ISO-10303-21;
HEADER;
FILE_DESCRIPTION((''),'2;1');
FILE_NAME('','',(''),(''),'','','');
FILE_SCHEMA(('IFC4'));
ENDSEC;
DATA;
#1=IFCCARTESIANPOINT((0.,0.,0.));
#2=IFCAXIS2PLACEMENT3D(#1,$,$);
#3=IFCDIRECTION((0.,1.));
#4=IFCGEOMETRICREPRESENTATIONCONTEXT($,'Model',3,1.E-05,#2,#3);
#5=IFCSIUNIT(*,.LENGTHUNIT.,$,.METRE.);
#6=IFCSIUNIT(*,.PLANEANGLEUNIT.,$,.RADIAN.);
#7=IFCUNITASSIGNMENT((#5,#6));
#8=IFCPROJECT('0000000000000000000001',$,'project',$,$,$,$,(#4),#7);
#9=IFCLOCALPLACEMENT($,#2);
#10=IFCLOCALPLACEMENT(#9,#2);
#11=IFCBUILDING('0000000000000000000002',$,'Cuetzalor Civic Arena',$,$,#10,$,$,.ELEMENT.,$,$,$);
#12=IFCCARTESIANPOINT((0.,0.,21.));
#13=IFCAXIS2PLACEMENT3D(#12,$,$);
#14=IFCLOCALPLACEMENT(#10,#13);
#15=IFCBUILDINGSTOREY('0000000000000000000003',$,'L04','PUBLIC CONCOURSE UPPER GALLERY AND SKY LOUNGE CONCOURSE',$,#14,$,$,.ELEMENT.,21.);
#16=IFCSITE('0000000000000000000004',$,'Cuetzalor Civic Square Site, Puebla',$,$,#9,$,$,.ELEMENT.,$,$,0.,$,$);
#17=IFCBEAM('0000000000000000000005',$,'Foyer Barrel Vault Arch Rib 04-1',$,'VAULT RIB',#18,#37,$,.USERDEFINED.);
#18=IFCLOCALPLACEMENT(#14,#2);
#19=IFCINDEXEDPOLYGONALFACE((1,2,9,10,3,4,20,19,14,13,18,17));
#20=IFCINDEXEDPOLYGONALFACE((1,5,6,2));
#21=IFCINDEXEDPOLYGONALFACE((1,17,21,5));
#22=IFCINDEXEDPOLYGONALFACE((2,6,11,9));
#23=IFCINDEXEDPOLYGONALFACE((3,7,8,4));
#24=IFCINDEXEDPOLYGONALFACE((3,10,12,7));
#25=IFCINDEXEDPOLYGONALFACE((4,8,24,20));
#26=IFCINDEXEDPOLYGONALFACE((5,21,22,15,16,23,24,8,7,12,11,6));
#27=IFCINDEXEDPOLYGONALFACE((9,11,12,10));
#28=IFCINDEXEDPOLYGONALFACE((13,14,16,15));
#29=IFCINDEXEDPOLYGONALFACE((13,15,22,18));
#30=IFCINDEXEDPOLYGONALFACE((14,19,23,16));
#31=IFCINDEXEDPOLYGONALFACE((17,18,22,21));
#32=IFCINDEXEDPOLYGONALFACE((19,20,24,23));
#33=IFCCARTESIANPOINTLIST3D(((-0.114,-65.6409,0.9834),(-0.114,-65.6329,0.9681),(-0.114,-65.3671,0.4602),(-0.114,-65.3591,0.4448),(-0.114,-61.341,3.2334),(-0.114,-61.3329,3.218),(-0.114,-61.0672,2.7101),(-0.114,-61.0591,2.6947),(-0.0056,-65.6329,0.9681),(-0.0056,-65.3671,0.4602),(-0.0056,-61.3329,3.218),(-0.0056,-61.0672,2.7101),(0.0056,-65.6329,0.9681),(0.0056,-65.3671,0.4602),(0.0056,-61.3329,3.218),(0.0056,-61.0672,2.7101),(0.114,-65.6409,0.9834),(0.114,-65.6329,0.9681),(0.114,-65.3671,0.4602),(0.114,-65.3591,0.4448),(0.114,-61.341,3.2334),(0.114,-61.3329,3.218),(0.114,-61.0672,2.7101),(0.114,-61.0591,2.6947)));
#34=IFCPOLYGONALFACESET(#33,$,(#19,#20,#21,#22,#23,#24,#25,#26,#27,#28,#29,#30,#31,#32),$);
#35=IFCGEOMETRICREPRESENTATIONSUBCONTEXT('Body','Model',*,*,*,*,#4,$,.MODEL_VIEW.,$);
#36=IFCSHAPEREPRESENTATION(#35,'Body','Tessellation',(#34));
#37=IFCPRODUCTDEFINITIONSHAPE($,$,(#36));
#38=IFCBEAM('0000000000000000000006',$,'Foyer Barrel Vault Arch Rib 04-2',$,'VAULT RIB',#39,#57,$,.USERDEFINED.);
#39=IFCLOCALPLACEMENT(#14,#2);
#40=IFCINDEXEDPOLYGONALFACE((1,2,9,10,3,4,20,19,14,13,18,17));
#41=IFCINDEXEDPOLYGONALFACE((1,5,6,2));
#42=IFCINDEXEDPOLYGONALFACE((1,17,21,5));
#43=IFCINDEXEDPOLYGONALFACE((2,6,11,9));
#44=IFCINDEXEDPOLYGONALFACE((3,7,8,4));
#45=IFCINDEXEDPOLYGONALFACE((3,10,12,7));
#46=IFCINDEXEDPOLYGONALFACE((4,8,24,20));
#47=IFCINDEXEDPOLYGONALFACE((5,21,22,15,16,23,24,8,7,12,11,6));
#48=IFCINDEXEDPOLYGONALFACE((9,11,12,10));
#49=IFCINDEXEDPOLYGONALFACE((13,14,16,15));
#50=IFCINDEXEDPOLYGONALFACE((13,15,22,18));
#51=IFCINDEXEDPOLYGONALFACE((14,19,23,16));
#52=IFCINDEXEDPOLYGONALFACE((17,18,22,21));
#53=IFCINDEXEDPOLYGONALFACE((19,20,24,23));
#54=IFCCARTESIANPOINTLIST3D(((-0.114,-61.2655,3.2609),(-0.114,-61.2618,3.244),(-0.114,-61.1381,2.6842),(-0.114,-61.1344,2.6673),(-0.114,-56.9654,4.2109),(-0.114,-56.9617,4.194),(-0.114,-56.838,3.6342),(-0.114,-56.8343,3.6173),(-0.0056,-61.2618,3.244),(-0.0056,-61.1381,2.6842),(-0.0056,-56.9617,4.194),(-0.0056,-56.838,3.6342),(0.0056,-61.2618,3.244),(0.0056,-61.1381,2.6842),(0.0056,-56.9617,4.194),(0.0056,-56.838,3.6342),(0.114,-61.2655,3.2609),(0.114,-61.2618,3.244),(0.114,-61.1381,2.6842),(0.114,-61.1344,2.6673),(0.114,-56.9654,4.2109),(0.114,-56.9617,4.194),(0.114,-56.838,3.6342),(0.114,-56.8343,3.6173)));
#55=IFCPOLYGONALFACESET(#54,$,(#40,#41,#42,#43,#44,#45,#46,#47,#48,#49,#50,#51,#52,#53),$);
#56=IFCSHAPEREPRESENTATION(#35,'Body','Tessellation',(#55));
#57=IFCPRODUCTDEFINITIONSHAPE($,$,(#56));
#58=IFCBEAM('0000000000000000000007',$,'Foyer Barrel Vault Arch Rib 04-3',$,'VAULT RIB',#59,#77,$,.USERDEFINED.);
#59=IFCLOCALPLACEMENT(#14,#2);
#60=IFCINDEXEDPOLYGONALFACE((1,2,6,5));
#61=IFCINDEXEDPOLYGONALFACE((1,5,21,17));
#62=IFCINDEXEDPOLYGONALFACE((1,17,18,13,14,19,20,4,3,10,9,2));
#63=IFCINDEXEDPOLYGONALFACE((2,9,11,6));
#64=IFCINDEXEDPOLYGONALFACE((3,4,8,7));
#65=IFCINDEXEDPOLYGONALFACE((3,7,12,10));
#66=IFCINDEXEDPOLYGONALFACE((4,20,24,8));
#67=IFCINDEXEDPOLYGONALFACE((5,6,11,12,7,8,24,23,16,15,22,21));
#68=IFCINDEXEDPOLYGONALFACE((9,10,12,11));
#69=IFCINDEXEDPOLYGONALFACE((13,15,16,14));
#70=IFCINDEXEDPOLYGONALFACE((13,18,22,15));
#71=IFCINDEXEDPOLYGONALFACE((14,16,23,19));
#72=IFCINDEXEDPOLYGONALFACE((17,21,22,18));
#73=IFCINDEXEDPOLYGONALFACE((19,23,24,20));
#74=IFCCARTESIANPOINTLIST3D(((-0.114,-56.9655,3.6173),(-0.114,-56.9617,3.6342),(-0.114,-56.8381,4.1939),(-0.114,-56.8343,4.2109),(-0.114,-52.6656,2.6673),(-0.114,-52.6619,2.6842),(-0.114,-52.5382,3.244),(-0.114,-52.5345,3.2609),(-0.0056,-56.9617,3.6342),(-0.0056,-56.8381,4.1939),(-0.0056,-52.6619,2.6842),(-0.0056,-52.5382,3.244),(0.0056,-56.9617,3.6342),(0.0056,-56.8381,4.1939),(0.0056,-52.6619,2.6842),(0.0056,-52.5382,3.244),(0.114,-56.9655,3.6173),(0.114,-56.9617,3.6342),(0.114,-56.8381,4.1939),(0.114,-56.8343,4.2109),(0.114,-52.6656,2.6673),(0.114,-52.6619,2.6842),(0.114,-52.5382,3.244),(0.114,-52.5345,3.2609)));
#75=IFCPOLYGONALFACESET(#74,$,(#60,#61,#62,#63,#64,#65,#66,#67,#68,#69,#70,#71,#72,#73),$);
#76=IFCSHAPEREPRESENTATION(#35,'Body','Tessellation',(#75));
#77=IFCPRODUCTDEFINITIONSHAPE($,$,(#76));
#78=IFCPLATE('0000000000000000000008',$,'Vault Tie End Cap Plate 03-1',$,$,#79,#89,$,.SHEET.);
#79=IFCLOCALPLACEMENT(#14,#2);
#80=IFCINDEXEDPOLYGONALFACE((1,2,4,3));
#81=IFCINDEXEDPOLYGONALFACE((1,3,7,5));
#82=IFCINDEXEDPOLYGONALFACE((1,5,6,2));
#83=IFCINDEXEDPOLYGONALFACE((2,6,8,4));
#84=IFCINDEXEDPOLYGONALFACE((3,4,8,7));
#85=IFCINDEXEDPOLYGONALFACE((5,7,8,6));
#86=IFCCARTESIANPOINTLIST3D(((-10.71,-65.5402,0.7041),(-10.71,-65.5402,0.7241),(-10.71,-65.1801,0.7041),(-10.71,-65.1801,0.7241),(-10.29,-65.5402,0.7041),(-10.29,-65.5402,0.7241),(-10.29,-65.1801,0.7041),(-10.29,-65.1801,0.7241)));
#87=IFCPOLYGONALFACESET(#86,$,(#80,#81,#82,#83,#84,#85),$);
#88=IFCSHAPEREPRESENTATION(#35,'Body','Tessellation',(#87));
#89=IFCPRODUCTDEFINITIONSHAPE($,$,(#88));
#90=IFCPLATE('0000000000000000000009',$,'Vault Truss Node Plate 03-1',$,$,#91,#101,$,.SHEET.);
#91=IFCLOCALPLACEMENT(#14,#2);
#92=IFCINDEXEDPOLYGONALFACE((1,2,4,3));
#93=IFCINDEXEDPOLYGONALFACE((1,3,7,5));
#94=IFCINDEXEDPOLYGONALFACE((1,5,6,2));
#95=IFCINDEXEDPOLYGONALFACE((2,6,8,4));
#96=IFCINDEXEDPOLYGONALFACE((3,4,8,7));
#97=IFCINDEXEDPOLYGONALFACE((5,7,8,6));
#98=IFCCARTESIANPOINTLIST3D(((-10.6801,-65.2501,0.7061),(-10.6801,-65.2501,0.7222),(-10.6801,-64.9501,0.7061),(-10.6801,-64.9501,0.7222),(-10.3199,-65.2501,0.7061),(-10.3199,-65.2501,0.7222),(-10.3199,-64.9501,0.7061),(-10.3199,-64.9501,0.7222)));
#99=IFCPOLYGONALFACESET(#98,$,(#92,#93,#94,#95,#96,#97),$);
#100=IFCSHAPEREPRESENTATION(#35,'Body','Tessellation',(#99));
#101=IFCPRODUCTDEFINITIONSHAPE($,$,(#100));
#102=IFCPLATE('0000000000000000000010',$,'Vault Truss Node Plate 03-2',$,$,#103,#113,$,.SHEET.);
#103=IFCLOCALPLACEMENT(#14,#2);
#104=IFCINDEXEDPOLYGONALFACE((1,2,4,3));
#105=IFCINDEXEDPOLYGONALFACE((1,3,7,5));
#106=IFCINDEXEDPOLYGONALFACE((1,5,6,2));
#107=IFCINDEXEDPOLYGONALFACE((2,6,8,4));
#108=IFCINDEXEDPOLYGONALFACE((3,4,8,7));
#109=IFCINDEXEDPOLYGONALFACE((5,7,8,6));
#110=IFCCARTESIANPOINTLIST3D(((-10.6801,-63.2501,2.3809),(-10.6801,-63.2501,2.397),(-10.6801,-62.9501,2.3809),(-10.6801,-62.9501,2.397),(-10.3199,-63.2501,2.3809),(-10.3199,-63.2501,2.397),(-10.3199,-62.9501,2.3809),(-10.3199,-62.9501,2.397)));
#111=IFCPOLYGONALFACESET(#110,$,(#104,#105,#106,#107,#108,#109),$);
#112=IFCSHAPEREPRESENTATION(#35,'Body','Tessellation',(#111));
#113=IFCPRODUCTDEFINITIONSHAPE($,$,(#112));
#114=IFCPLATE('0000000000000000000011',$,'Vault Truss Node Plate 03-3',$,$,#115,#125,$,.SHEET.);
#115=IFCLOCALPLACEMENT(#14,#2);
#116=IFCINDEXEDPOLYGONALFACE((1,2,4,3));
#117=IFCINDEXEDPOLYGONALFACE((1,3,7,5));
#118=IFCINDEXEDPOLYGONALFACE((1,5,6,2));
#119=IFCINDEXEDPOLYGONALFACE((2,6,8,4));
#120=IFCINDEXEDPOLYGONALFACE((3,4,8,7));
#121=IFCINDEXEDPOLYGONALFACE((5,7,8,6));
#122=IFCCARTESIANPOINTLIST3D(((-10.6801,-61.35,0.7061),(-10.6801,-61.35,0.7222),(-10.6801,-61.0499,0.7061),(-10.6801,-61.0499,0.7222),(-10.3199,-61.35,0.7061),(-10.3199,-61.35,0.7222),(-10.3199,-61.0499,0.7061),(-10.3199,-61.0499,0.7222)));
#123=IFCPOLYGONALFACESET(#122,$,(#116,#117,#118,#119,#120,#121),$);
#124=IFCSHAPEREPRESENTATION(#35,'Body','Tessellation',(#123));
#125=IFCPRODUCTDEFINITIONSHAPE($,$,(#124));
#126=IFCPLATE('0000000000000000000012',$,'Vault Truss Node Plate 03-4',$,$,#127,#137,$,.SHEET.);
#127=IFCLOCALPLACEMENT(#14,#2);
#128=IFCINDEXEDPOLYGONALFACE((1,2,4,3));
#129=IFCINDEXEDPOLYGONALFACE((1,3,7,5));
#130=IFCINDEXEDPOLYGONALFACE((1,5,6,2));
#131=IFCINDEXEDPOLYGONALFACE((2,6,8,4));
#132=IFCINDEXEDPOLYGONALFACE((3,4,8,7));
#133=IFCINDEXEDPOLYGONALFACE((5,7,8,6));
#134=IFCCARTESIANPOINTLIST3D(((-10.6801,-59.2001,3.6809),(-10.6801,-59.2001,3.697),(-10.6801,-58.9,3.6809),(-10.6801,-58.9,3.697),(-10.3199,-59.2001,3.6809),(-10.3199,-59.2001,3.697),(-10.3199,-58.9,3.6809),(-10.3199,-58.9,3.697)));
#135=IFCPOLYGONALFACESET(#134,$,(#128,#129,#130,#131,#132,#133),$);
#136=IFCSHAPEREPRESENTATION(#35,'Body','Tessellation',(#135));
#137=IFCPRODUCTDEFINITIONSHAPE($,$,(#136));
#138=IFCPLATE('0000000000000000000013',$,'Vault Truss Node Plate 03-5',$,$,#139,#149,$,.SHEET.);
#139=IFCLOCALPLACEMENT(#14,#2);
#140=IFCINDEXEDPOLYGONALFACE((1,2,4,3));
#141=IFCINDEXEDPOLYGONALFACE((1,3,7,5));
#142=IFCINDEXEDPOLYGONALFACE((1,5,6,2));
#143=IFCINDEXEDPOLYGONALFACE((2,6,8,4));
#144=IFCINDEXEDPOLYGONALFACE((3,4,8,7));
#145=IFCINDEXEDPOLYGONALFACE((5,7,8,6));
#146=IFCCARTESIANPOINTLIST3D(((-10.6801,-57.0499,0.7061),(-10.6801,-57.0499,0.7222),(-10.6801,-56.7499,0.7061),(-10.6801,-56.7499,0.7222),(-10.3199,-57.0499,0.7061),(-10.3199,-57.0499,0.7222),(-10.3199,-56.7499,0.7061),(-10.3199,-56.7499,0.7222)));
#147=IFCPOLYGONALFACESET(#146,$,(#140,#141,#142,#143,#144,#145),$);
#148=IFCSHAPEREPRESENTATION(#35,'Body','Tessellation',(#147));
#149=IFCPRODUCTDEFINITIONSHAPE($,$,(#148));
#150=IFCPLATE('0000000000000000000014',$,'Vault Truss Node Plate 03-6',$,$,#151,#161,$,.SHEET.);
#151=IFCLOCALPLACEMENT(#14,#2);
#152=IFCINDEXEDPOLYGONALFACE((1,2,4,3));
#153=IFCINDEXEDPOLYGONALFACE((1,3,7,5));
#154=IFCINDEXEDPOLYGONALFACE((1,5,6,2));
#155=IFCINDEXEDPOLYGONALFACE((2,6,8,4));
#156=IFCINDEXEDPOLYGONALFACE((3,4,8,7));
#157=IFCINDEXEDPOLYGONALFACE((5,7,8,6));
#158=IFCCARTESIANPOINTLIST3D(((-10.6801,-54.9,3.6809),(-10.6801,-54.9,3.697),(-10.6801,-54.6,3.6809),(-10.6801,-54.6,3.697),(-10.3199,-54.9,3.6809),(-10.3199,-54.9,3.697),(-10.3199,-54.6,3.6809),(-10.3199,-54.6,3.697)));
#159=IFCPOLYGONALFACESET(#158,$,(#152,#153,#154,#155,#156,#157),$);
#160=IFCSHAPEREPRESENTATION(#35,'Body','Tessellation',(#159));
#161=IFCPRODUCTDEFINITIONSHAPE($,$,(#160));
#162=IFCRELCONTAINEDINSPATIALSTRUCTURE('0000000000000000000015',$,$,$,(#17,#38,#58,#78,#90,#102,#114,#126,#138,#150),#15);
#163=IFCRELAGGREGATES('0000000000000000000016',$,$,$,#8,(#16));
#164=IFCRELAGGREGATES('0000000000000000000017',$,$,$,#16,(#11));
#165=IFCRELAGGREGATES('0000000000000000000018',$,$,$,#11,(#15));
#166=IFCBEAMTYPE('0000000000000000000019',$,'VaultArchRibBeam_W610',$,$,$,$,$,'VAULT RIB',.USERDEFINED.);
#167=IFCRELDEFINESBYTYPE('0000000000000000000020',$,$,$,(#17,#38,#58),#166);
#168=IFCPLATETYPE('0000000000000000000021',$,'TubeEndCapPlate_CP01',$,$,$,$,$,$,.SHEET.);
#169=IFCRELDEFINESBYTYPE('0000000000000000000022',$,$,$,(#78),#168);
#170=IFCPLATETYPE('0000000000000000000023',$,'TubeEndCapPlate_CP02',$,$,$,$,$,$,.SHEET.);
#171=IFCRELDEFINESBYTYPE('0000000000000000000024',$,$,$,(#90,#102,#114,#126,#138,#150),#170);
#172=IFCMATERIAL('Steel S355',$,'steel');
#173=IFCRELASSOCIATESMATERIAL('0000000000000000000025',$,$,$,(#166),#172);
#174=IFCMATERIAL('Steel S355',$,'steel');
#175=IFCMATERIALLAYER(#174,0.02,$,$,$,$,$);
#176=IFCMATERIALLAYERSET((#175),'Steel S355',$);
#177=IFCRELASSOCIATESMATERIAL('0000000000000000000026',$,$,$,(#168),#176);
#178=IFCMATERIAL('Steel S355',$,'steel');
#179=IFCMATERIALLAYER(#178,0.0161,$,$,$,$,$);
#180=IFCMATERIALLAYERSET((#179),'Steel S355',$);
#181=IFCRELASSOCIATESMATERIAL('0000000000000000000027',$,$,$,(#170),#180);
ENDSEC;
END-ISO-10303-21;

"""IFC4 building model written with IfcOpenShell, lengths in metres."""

from ifc_helpers import new_model, si_unit, direction, frame, origin, origin_2d, place, context, subcontext, project, spatial, rectangle, i_section, extrude, material, layer, layer_set, material_profile, profile_set, type_object, element, save


model = new_model("IFC4")

# Units and contexts
model_context = context("Model", 3, precision=1e-05, world=origin(), true_north=direction((0.0, 1.0)))
body_context = subcontext(model_context, "Body", "Model", "MODEL_VIEW")
ifc_project = project(units=[si_unit("LENGTHUNIT", "METRE"), si_unit("PLANEANGLEUNIT", "RADIAN")], contexts=[model_context])

# Site, building, storey
site_placement = place(None, origin())
site = spatial("IfcSite", under=ifc_project, at=site_placement, Name="Cuetzalor Civic Square Site, Puebla", CompositionType="ELEMENT", RefElevation=0.0)
building_placement = place(site_placement, origin())
building = spatial("IfcBuilding", under=site, at=building_placement, Name="Cuetzalor Civic Arena", CompositionType="ELEMENT")
storey_placement = place(building_placement, frame((0.0, 0.0, 21.0)))
storey = spatial("IfcBuildingStorey", under=building, at=storey_placement, Name="L04", Description="PUBLIC CONCOURSE UPPER GALLERY AND SKY LOUNGE CONCOURSE", CompositionType="ELEMENT", Elevation=21.0)

# Beams
ifc_material_1 = material(Name="Steel S355", Category="steel")
ifc_material_profile_1 = material_profile(ifc_material_1, i_section(OverallWidth=0.228, OverallDepth=0.6079, WebThickness=0.0112, FlangeThickness=0.0173, at=origin_2d()), Name="W610x113")
ifc_profile_set_1 = profile_set([ifc_material_profile_1], Name="Steel S355")
beam_type_1 = type_object("IfcBeamType", Name="VaultArchRibBeam_W610", ElementType="VAULT RIB", PredefinedType="USERDEFINED", material=ifc_profile_set_1)
beam_1_placement = place(storey_placement, frame((0.0, -65.5, 0.7141), z_axis=(0.0, 0.886035, 0.463618), x_axis=(-1.0, 0.0, 0.0)))
element("IfcBeam", 1, at=beam_1_placement, inside=storey, type_object=beam_type_1, Name="Foyer Barrel Vault Arch Rib 04-1", ObjectType="VAULT RIB", PredefinedType="USERDEFINED", context=body_context, shape_type="SweptSolid", body=[
    extrude(i_section(OverallWidth=0.228, OverallDepth=0.6079, WebThickness=0.0112, FlangeThickness=0.0173, at=origin_2d()), origin(), (0.0, 0.0, 1.0), 4.853),
])
beam_2_placement = place(storey_placement, frame((0.0, -61.2, 2.9641), z_axis=(0.0, 0.976456, 0.215715), x_axis=(-1.0, 0.0, 0.0)))
element("IfcBeam", 2, at=beam_2_placement, inside=storey, type_object=beam_type_1, Name="Foyer Barrel Vault Arch Rib 04-2", ObjectType="VAULT RIB", PredefinedType="USERDEFINED", context=body_context, shape_type="SweptSolid", body=[
    extrude(i_section(OverallWidth=0.228, OverallDepth=0.6079, WebThickness=0.0112, FlangeThickness=0.0173, at=origin_2d()), origin(), (0.0, 0.0, 1.0), 4.4038),
])
beam_3_placement = place(storey_placement, frame((0.0, -56.8999, 3.9141), z_axis=(0.0, 0.976454, -0.215727), x_axis=(-1.0, 0.0, 0.0)))
element("IfcBeam", 3, at=beam_3_placement, inside=storey, type_object=beam_type_1, Name="Foyer Barrel Vault Arch Rib 04-3", ObjectType="VAULT RIB", PredefinedType="USERDEFINED", context=body_context, shape_type="SweptSolid", body=[
    extrude(i_section(OverallWidth=0.228, OverallDepth=0.6079, WebThickness=0.0112, FlangeThickness=0.0173, at=origin_2d()), origin(), (0.0, 0.0, 1.0), 4.4036),
])

# Plates
ifc_material_2 = material(Name="Steel S355", Category="steel")
ifc_layer_1 = layer(ifc_material_2, 0.02)
ifc_layer_set_1 = layer_set([ifc_layer_1], Name="Steel S355")
plate_type_1 = type_object("IfcPlateType", Name="TubeEndCapPlate_CP01", PredefinedType="SHEET", material=ifc_layer_set_1)
plate_placement = place(storey_placement, frame((-10.5, -65.3601, 0.7041), z_axis=(0.0, 0.0, 1.0), x_axis=(1.0, 0.0, 0.0)))
element("IfcPlate", 4, at=plate_placement, inside=storey, type_object=plate_type_1, Name="Vault Tie End Cap Plate 03-1", PredefinedType="SHEET", context=body_context, shape_type="SweptSolid", body=[
    extrude(rectangle(XDim=0.4199, YDim=0.3601, at=origin_2d()), origin(), (0.0, 0.0, 1.0), 0.02),
])
ifc_material_3 = material(Name="Steel S355", Category="steel")
ifc_layer_2 = layer(ifc_material_3, 0.0161)
ifc_layer_set_2 = layer_set([ifc_layer_2], Name="Steel S355")
plate_type_2 = type_object("IfcPlateType", Name="TubeEndCapPlate_CP02", PredefinedType="SHEET", material=ifc_layer_set_2)
for number, where, z_axis, x_axis, name in (
    (5, (-10.5, -65.1001, 0.7061), (0.0, 0.0, 1.0), (1.0, 0.0, 0.0), "Vault Truss Node Plate 03-1"),
    (6, (-10.5, -63.1001, 2.3809), (0.0, 0.0, 1.0), (1.0, 0.0, 0.0), "Vault Truss Node Plate 03-2"),
    (7, (-10.5, -61.2, 0.7061), (0.0, 0.0, 1.0), (1.0, 0.0, 0.0), "Vault Truss Node Plate 03-3"),
    (8, (-10.5, -59.05, 3.6809), (0.0, 0.0, 1.0), (1.0, 0.0, 0.0), "Vault Truss Node Plate 03-4"),
    (9, (-10.5, -56.8999, 0.7061), (0.0, 0.0, 1.0), (1.0, 0.0, 0.0), "Vault Truss Node Plate 03-5"),
    (10, (-10.5, -54.75, 3.6809), (0.0, 0.0, 1.0), (1.0, 0.0, 0.0), "Vault Truss Node Plate 03-6"),
):
    element("IfcPlate", number, at=place(storey_placement, frame(where, z_axis=z_axis, x_axis=x_axis)), inside=storey, type_object=plate_type_2, Name=name, PredefinedType="SHEET", context=body_context, shape_type="SweptSolid", body=[
        extrude(rectangle(XDim=0.3601, YDim=0.3, at=origin_2d()), origin(), (0.0, 0.0, 1.0), 0.0161),
    ])

save(model, "model.ifc")
